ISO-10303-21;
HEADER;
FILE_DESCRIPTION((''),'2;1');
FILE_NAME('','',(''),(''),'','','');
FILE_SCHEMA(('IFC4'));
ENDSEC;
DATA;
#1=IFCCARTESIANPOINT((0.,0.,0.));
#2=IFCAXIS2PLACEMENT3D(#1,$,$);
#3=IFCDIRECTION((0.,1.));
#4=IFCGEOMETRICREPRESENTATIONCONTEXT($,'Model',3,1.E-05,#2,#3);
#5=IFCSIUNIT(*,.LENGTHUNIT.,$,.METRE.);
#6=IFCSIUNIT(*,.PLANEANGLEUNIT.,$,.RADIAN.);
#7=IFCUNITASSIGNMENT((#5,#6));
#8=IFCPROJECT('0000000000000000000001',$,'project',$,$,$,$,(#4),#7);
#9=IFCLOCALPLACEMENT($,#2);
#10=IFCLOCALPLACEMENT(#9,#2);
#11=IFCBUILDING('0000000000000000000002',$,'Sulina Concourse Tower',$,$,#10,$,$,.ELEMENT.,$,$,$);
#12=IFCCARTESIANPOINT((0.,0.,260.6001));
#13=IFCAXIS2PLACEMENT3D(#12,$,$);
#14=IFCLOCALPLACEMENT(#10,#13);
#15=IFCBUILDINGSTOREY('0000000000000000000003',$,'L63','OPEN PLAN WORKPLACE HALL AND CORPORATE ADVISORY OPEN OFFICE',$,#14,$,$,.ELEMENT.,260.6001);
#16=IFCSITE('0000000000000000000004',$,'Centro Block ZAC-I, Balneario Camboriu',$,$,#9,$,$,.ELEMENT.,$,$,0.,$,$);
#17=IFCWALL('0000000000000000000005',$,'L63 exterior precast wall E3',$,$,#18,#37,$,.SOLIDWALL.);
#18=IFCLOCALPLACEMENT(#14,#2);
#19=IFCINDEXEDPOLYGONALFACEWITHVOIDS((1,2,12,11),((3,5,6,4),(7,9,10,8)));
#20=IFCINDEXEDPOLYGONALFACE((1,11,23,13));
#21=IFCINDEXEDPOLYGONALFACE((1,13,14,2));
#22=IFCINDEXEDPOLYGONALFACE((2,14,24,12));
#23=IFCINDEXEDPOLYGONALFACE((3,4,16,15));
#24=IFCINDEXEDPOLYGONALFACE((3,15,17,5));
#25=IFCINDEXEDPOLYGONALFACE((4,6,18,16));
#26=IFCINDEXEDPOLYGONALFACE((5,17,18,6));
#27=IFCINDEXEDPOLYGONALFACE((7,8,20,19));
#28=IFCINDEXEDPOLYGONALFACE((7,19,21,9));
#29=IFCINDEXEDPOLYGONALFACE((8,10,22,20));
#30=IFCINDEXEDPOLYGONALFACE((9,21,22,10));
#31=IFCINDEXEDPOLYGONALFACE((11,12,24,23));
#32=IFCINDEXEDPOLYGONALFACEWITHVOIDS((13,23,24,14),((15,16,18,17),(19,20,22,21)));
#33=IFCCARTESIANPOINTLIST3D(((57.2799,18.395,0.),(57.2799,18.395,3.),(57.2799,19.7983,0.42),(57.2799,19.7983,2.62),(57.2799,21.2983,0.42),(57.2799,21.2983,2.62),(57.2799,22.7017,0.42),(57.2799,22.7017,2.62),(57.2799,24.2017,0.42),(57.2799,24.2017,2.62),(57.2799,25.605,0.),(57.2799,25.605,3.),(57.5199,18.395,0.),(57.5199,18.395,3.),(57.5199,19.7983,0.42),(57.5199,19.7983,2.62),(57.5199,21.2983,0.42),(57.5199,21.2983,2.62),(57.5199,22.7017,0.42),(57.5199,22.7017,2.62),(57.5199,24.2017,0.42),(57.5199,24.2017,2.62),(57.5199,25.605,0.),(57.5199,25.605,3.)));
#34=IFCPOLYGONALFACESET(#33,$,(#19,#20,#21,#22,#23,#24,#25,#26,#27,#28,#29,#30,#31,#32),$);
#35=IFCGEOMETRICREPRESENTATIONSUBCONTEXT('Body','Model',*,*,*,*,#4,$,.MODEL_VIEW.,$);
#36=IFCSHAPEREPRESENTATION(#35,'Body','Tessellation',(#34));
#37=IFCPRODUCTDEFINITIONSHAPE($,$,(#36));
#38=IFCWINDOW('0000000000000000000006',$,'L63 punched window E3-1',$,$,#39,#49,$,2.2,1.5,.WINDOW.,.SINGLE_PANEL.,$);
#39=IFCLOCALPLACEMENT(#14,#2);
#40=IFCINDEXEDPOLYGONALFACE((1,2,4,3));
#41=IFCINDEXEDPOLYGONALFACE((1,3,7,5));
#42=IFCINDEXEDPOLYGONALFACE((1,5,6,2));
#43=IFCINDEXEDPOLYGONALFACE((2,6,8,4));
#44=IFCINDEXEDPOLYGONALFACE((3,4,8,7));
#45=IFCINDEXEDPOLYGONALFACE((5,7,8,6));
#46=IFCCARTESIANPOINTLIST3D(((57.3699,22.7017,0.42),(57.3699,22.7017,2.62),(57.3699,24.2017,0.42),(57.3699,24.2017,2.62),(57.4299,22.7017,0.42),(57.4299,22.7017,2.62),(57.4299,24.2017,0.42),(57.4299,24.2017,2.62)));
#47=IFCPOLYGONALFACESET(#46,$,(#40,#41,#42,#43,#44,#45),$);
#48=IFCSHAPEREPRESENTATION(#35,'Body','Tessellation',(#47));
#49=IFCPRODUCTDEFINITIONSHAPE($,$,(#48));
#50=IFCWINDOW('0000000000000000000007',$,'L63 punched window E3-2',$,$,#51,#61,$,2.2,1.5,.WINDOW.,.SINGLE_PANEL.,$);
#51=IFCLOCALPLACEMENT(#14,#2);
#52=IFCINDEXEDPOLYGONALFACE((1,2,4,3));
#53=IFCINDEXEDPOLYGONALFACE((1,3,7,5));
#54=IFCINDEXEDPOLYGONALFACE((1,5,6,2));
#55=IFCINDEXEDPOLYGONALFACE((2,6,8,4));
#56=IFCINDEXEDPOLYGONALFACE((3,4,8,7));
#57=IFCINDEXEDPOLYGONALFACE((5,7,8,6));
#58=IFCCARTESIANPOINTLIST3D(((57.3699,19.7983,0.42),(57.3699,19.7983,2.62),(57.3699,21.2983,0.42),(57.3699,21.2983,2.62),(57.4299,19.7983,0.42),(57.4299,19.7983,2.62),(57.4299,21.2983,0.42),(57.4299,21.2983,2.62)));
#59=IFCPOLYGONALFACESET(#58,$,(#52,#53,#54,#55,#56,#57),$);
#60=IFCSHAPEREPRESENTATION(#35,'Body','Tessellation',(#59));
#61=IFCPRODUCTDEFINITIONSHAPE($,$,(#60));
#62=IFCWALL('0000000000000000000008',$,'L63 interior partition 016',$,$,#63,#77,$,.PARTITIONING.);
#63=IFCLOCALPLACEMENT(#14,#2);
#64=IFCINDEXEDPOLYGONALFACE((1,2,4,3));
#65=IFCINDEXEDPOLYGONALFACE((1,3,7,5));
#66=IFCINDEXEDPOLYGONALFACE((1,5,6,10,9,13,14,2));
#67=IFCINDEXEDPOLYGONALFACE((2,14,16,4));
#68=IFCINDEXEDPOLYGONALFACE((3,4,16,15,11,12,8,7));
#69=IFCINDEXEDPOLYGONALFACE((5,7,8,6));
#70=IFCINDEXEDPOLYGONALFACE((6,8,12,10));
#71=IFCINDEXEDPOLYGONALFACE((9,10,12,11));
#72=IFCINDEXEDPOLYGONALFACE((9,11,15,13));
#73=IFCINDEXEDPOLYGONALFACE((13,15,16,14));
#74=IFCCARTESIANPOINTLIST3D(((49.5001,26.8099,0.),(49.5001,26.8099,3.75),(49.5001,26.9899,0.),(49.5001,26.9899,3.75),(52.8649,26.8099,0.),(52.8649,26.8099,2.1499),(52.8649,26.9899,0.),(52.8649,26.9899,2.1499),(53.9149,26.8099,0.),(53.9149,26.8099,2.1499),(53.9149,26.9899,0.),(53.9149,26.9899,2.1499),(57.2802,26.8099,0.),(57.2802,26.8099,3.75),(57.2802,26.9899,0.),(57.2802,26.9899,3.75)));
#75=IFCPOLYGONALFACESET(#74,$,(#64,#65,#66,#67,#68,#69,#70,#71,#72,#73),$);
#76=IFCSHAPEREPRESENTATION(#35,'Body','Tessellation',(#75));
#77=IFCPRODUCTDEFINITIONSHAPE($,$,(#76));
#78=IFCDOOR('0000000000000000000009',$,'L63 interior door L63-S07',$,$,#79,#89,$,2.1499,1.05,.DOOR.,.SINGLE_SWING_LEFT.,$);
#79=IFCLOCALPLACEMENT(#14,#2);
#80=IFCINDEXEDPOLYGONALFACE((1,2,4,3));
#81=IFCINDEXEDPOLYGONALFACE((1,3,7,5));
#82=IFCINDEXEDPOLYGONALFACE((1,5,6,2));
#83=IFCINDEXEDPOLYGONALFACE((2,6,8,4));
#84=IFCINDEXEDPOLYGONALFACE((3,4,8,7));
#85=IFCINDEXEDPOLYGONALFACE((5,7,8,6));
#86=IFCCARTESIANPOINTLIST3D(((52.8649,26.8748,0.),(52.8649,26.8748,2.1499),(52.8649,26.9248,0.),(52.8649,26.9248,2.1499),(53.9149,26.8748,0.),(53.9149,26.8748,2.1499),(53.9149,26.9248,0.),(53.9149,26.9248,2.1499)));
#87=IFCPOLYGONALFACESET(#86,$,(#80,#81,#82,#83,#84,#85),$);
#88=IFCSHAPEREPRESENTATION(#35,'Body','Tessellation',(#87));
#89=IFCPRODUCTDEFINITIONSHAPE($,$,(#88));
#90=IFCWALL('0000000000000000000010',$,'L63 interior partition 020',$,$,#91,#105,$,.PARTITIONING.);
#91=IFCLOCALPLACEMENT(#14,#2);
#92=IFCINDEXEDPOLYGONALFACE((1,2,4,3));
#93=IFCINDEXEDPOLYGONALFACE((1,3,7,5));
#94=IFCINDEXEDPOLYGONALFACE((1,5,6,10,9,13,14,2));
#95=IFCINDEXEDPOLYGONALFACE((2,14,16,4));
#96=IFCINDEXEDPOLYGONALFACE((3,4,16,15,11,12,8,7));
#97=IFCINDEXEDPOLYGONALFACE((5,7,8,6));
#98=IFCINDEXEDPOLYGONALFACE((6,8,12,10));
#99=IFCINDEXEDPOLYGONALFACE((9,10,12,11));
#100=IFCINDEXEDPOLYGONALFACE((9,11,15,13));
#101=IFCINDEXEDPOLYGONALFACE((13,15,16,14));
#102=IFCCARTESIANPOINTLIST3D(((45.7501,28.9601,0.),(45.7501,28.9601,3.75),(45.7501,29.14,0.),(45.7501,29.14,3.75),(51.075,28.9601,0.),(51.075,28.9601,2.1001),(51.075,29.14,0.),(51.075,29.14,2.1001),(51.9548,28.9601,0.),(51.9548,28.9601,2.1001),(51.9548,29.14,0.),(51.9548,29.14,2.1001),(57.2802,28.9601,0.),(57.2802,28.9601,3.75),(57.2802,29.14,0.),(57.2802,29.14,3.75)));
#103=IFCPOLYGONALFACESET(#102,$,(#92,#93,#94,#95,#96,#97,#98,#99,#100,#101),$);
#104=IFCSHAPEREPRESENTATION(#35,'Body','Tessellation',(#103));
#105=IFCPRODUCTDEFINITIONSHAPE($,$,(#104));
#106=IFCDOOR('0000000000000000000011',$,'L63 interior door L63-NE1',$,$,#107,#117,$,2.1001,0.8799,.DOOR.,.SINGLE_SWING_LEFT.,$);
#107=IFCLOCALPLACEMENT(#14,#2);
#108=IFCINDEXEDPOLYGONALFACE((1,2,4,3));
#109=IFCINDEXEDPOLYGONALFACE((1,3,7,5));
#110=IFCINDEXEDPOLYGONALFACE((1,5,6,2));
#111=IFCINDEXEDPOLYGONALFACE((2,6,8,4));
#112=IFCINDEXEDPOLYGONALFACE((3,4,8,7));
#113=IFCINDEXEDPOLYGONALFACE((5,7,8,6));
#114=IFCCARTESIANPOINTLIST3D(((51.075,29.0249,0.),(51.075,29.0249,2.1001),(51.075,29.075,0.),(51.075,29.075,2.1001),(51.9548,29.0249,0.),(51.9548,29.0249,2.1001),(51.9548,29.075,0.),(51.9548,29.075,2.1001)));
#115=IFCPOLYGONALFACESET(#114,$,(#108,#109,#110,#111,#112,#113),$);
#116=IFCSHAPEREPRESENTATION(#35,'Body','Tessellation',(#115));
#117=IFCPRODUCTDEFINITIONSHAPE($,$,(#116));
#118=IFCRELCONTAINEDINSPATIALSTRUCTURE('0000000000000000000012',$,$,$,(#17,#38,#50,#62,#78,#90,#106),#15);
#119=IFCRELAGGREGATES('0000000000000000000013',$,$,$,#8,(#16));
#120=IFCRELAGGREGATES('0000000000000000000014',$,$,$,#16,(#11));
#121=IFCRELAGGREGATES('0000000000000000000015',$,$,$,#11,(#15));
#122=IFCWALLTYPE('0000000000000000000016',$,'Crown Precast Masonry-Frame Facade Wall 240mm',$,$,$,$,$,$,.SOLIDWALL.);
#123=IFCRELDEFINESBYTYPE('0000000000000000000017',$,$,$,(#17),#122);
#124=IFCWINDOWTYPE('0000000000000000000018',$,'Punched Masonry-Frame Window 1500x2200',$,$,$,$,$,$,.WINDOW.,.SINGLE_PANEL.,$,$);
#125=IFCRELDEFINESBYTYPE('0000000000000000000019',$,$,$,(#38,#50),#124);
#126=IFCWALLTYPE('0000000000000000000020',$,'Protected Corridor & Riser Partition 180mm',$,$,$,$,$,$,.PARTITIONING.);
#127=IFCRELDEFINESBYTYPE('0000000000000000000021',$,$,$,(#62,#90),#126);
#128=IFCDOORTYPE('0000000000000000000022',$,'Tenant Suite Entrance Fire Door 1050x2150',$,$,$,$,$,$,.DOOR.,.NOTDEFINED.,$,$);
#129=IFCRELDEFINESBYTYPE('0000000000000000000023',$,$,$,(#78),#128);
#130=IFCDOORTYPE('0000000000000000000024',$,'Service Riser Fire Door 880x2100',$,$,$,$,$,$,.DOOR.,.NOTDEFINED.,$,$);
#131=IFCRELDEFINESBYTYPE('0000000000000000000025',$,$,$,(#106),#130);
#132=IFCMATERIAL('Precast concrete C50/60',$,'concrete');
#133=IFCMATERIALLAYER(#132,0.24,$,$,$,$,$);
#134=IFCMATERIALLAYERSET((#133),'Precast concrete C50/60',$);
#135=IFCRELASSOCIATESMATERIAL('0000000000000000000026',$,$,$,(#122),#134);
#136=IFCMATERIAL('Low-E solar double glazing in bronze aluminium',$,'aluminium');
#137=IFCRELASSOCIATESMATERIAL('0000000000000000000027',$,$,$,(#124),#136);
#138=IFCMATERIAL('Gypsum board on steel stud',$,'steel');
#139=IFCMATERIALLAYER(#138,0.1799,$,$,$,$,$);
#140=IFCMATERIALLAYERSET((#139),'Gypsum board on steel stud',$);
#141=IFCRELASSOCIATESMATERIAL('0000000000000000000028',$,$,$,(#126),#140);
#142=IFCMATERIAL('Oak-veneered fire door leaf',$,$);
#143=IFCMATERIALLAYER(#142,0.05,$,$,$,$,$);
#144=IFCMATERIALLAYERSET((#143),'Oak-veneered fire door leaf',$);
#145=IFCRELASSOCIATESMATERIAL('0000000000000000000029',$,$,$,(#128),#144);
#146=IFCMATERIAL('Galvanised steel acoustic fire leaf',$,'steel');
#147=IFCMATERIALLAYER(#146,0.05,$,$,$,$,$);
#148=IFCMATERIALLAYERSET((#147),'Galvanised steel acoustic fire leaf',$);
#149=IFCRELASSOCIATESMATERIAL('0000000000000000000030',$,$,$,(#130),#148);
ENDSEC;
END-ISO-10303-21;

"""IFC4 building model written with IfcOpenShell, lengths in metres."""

from ifc_helpers import new_model, si_unit, direction, frame, frame_2d, origin, place, context, subcontext, project, spatial, rectangle, extrude, material, layer, layer_set, type_object, element, fill, save


model = new_model("IFC4")

# Units and contexts
model_context = context("Model", 3, precision=1e-05, world=origin(), true_north=direction((0.0, 1.0)))
body_context = subcontext(model_context, "Body", "Model", "MODEL_VIEW")
ifc_project = project(units=[si_unit("LENGTHUNIT", "METRE"), si_unit("PLANEANGLEUNIT", "RADIAN")], contexts=[model_context])

# Site, building, storey
site_placement = place(None, origin())
site = spatial("IfcSite", under=ifc_project, at=site_placement, Name="Centro Block ZAC-I, Balneario Camboriu", CompositionType="ELEMENT", RefElevation=0.0)
building_placement = place(site_placement, origin())
building = spatial("IfcBuilding", under=site, at=building_placement, Name="Sulina Concourse Tower", CompositionType="ELEMENT")
storey_placement = place(building_placement, frame((0.0, 0.0, 260.6001)))
storey = spatial("IfcBuildingStorey", under=building, at=storey_placement, Name="L63", Description="OPEN PLAN WORKPLACE HALL AND CORPORATE ADVISORY OPEN OFFICE", CompositionType="ELEMENT", Elevation=260.6001)

# Shared definitions
ifc_material_1 = material(Name="Precast concrete C50/60", Category="concrete")
ifc_layer_1 = layer(ifc_material_1, 0.24)
ifc_layer_set_1 = layer_set([ifc_layer_1], Name="Precast concrete C50/60")
wall_type_1 = type_object("IfcWallType", Name="Crown Precast Masonry-Frame Facade Wall 240mm", PredefinedType="SOLIDWALL", material=ifc_layer_set_1)
ifc_material_2 = material(Name="Low-E solar double glazing in bronze aluminium", Category="aluminium")
window_type = type_object("IfcWindowType", Name="Punched Masonry-Frame Window 1500x2200", PartitioningType="SINGLE_PANEL", PredefinedType="WINDOW", material=ifc_material_2)

# Wall, openings, windows
wall_1_placement = place(storey_placement, frame((57.3999, 25.605, 0.0), z_axis=(0.0, 0.0, 1.0), x_axis=(0.0, -1.0, 0.0)))
wall_1 = element("IfcWall", 1, at=wall_1_placement, inside=storey, type_object=wall_type_1, Name="L63 exterior precast wall E3", PredefinedType="SOLIDWALL", context=body_context, shape_type="SweptSolid", body=[
    extrude(rectangle(XDim=7.21, YDim=0.24, at=frame_2d((3.605, 0.0))), origin(), (0.0, 0.0, 1.0), 3.0),
])
opening_1_placement = place(wall_1_placement, frame((1.4033, 0.0, 0.4199)))
opening_1 = element("IfcOpeningElement", 2, at=opening_1_placement, cuts=wall_1, PredefinedType="OPENING", context=body_context, shape_type="SweptSolid", body=[
    extrude(rectangle(XDim=1.5, YDim=2.2, at=frame_2d((0.75, 1.1001))), frame((0.0, 0.1299, 0.0), z_axis=(0.0, -1.0, 0.0), x_axis=(1.0, 0.0, 0.0)), (0.0, 0.0, 1.0), 0.26),
])
opening_2_placement = place(wall_1_placement, frame((4.3066, 0.0, 0.4199)))
opening_2 = element("IfcOpeningElement", 3, at=opening_2_placement, cuts=wall_1, PredefinedType="OPENING", context=body_context, shape_type="SweptSolid", body=[
    extrude(rectangle(XDim=1.5, YDim=2.2, at=frame_2d((0.75, 1.1001))), frame((0.0, 0.1299, 0.0), z_axis=(0.0, -1.0, 0.0), x_axis=(1.0, 0.0, 0.0)), (0.0, 0.0, 1.0), 0.26),
])
window_1_placement = place(opening_1_placement, origin())
window_1 = element("IfcWindow", 4, at=window_1_placement, inside=storey, type_object=window_type, Name="L63 punched window E3-1", OverallHeight=2.2, OverallWidth=1.5, PartitioningType="SINGLE_PANEL", PredefinedType="WINDOW", context=body_context, shape_type="SweptSolid", body=[
    extrude(rectangle(XDim=1.5, YDim=2.2, at=frame_2d((0.75, 1.1001))), frame((0.0, 0.03, 0.0), z_axis=(0.0, -1.0, 0.0), x_axis=(1.0, 0.0, 0.0)), (0.0, 0.0, 1.0), 0.0601),
])
fill(opening_1, window_1)
window_2_placement = place(opening_2_placement, origin())
window_2 = element("IfcWindow", 5, at=window_2_placement, inside=storey, type_object=window_type, Name="L63 punched window E3-2", OverallHeight=2.2, OverallWidth=1.5, PartitioningType="SINGLE_PANEL", PredefinedType="WINDOW", context=body_context, shape_type="SweptSolid", body=[
    extrude(rectangle(XDim=1.5, YDim=2.2, at=frame_2d((0.75, 1.1001))), frame((0.0, 0.03, 0.0), z_axis=(0.0, -1.0, 0.0), x_axis=(1.0, 0.0, 0.0)), (0.0, 0.0, 1.0), 0.0601),
])
fill(opening_2, window_2)

# Walls, openings, doors
ifc_material_3 = material(Name="Gypsum board on steel stud", Category="steel")
ifc_layer_2 = layer(ifc_material_3, 0.1799)
ifc_layer_set_2 = layer_set([ifc_layer_2], Name="Gypsum board on steel stud")
wall_type_2 = type_object("IfcWallType", Name="Protected Corridor & Riser Partition 180mm", PredefinedType="PARTITIONING", material=ifc_layer_set_2)
wall_2_placement = place(storey_placement, frame((49.5, 26.8999, 0.0), z_axis=(0.0, 0.0, 1.0), x_axis=(1.0, 0.0, 0.0)))
wall_2 = element("IfcWall", 6, at=wall_2_placement, inside=storey, type_object=wall_type_2, Name="L63 interior partition 016", PredefinedType="PARTITIONING", context=body_context, shape_type="SweptSolid", body=[
    extrude(rectangle(XDim=7.78, YDim=0.1799, at=frame_2d((3.8901, 0.0))), origin(), (0.0, 0.0, 1.0), 3.75),
])
opening_3_placement = place(wall_2_placement, frame((3.365, 0.0, 0.0)))
opening_3 = element("IfcOpeningElement", 7, at=opening_3_placement, cuts=wall_2, PredefinedType="OPENING", context=body_context, shape_type="SweptSolid", body=[
    extrude(rectangle(XDim=1.05, YDim=2.1499, at=frame_2d((0.5249, 1.075))), frame((0.0, 0.0999, 0.0), z_axis=(0.0, -1.0, 0.0), x_axis=(1.0, 0.0, 0.0)), (0.0, 0.0, 1.0), 0.2),
])
ifc_material_4 = material(Name="Oak-veneered fire door leaf")
ifc_layer_3 = layer(ifc_material_4, 0.05)
ifc_layer_set_3 = layer_set([ifc_layer_3], Name="Oak-veneered fire door leaf")
door_type_1 = type_object("IfcDoorType", Name="Tenant Suite Entrance Fire Door 1050x2150", OperationType="NOTDEFINED", PredefinedType="DOOR", material=ifc_layer_set_3)
door_1_placement = place(opening_3_placement, origin())
door_1 = element("IfcDoor", 8, at=door_1_placement, inside=storey, type_object=door_type_1, Name="L63 interior door L63-S07", OperationType="SINGLE_SWING_LEFT", OverallHeight=2.1499, OverallWidth=1.05, PredefinedType="DOOR", context=body_context, shape_type="SweptSolid", body=[
    extrude(rectangle(XDim=1.05, YDim=2.1499, at=frame_2d((0.5249, 1.075))), frame((0.0, 0.0249, 0.0), z_axis=(0.0, -1.0, 0.0), x_axis=(1.0, 0.0, 0.0)), (0.0, 0.0, 1.0), 0.05),
])
fill(opening_3, door_1)
wall_3_placement = place(storey_placement, frame((45.75, 29.05, 0.0), z_axis=(0.0, 0.0, 1.0), x_axis=(1.0, 0.0, 0.0)))
wall_3 = element("IfcWall", 9, at=wall_3_placement, inside=storey, type_object=wall_type_2, Name="L63 interior partition 020", PredefinedType="PARTITIONING", context=body_context, shape_type="SweptSolid", body=[
    extrude(rectangle(XDim=11.53, YDim=0.1799, at=frame_2d((5.7651, 0.0))), origin(), (0.0, 0.0, 1.0), 3.75),
])
opening_4_placement = place(wall_3_placement, frame((5.325, 0.0, 0.0)))
opening_4 = element("IfcOpeningElement", 10, at=opening_4_placement, cuts=wall_3, PredefinedType="OPENING", context=body_context, shape_type="SweptSolid", body=[
    extrude(rectangle(XDim=0.8799, YDim=2.1001, at=frame_2d((0.4399, 1.05))), frame((0.0, 0.0999, 0.0), z_axis=(0.0, -1.0, 0.0), x_axis=(1.0, 0.0, 0.0)), (0.0, 0.0, 1.0), 0.2),
])
ifc_material_5 = material(Name="Galvanised steel acoustic fire leaf", Category="steel")
ifc_layer_4 = layer(ifc_material_5, 0.05)
ifc_layer_set_4 = layer_set([ifc_layer_4], Name="Galvanised steel acoustic fire leaf")
door_type_2 = type_object("IfcDoorType", Name="Service Riser Fire Door 880x2100", OperationType="NOTDEFINED", PredefinedType="DOOR", material=ifc_layer_set_4)
door_2_placement = place(opening_4_placement, origin())
door_2 = element("IfcDoor", 11, at=door_2_placement, inside=storey, type_object=door_type_2, Name="L63 interior door L63-NE1", OperationType="SINGLE_SWING_LEFT", OverallHeight=2.1001, OverallWidth=0.8799, PredefinedType="DOOR", context=body_context, shape_type="SweptSolid", body=[
    extrude(rectangle(XDim=0.8799, YDim=2.1001, at=frame_2d((0.4399, 1.05))), frame((0.0, 0.0249, 0.0), z_axis=(0.0, -1.0, 0.0), x_axis=(1.0, 0.0, 0.0)), (0.0, 0.0, 1.0), 0.05),
])
fill(opening_4, door_2)

save(model, "model.ifc")
